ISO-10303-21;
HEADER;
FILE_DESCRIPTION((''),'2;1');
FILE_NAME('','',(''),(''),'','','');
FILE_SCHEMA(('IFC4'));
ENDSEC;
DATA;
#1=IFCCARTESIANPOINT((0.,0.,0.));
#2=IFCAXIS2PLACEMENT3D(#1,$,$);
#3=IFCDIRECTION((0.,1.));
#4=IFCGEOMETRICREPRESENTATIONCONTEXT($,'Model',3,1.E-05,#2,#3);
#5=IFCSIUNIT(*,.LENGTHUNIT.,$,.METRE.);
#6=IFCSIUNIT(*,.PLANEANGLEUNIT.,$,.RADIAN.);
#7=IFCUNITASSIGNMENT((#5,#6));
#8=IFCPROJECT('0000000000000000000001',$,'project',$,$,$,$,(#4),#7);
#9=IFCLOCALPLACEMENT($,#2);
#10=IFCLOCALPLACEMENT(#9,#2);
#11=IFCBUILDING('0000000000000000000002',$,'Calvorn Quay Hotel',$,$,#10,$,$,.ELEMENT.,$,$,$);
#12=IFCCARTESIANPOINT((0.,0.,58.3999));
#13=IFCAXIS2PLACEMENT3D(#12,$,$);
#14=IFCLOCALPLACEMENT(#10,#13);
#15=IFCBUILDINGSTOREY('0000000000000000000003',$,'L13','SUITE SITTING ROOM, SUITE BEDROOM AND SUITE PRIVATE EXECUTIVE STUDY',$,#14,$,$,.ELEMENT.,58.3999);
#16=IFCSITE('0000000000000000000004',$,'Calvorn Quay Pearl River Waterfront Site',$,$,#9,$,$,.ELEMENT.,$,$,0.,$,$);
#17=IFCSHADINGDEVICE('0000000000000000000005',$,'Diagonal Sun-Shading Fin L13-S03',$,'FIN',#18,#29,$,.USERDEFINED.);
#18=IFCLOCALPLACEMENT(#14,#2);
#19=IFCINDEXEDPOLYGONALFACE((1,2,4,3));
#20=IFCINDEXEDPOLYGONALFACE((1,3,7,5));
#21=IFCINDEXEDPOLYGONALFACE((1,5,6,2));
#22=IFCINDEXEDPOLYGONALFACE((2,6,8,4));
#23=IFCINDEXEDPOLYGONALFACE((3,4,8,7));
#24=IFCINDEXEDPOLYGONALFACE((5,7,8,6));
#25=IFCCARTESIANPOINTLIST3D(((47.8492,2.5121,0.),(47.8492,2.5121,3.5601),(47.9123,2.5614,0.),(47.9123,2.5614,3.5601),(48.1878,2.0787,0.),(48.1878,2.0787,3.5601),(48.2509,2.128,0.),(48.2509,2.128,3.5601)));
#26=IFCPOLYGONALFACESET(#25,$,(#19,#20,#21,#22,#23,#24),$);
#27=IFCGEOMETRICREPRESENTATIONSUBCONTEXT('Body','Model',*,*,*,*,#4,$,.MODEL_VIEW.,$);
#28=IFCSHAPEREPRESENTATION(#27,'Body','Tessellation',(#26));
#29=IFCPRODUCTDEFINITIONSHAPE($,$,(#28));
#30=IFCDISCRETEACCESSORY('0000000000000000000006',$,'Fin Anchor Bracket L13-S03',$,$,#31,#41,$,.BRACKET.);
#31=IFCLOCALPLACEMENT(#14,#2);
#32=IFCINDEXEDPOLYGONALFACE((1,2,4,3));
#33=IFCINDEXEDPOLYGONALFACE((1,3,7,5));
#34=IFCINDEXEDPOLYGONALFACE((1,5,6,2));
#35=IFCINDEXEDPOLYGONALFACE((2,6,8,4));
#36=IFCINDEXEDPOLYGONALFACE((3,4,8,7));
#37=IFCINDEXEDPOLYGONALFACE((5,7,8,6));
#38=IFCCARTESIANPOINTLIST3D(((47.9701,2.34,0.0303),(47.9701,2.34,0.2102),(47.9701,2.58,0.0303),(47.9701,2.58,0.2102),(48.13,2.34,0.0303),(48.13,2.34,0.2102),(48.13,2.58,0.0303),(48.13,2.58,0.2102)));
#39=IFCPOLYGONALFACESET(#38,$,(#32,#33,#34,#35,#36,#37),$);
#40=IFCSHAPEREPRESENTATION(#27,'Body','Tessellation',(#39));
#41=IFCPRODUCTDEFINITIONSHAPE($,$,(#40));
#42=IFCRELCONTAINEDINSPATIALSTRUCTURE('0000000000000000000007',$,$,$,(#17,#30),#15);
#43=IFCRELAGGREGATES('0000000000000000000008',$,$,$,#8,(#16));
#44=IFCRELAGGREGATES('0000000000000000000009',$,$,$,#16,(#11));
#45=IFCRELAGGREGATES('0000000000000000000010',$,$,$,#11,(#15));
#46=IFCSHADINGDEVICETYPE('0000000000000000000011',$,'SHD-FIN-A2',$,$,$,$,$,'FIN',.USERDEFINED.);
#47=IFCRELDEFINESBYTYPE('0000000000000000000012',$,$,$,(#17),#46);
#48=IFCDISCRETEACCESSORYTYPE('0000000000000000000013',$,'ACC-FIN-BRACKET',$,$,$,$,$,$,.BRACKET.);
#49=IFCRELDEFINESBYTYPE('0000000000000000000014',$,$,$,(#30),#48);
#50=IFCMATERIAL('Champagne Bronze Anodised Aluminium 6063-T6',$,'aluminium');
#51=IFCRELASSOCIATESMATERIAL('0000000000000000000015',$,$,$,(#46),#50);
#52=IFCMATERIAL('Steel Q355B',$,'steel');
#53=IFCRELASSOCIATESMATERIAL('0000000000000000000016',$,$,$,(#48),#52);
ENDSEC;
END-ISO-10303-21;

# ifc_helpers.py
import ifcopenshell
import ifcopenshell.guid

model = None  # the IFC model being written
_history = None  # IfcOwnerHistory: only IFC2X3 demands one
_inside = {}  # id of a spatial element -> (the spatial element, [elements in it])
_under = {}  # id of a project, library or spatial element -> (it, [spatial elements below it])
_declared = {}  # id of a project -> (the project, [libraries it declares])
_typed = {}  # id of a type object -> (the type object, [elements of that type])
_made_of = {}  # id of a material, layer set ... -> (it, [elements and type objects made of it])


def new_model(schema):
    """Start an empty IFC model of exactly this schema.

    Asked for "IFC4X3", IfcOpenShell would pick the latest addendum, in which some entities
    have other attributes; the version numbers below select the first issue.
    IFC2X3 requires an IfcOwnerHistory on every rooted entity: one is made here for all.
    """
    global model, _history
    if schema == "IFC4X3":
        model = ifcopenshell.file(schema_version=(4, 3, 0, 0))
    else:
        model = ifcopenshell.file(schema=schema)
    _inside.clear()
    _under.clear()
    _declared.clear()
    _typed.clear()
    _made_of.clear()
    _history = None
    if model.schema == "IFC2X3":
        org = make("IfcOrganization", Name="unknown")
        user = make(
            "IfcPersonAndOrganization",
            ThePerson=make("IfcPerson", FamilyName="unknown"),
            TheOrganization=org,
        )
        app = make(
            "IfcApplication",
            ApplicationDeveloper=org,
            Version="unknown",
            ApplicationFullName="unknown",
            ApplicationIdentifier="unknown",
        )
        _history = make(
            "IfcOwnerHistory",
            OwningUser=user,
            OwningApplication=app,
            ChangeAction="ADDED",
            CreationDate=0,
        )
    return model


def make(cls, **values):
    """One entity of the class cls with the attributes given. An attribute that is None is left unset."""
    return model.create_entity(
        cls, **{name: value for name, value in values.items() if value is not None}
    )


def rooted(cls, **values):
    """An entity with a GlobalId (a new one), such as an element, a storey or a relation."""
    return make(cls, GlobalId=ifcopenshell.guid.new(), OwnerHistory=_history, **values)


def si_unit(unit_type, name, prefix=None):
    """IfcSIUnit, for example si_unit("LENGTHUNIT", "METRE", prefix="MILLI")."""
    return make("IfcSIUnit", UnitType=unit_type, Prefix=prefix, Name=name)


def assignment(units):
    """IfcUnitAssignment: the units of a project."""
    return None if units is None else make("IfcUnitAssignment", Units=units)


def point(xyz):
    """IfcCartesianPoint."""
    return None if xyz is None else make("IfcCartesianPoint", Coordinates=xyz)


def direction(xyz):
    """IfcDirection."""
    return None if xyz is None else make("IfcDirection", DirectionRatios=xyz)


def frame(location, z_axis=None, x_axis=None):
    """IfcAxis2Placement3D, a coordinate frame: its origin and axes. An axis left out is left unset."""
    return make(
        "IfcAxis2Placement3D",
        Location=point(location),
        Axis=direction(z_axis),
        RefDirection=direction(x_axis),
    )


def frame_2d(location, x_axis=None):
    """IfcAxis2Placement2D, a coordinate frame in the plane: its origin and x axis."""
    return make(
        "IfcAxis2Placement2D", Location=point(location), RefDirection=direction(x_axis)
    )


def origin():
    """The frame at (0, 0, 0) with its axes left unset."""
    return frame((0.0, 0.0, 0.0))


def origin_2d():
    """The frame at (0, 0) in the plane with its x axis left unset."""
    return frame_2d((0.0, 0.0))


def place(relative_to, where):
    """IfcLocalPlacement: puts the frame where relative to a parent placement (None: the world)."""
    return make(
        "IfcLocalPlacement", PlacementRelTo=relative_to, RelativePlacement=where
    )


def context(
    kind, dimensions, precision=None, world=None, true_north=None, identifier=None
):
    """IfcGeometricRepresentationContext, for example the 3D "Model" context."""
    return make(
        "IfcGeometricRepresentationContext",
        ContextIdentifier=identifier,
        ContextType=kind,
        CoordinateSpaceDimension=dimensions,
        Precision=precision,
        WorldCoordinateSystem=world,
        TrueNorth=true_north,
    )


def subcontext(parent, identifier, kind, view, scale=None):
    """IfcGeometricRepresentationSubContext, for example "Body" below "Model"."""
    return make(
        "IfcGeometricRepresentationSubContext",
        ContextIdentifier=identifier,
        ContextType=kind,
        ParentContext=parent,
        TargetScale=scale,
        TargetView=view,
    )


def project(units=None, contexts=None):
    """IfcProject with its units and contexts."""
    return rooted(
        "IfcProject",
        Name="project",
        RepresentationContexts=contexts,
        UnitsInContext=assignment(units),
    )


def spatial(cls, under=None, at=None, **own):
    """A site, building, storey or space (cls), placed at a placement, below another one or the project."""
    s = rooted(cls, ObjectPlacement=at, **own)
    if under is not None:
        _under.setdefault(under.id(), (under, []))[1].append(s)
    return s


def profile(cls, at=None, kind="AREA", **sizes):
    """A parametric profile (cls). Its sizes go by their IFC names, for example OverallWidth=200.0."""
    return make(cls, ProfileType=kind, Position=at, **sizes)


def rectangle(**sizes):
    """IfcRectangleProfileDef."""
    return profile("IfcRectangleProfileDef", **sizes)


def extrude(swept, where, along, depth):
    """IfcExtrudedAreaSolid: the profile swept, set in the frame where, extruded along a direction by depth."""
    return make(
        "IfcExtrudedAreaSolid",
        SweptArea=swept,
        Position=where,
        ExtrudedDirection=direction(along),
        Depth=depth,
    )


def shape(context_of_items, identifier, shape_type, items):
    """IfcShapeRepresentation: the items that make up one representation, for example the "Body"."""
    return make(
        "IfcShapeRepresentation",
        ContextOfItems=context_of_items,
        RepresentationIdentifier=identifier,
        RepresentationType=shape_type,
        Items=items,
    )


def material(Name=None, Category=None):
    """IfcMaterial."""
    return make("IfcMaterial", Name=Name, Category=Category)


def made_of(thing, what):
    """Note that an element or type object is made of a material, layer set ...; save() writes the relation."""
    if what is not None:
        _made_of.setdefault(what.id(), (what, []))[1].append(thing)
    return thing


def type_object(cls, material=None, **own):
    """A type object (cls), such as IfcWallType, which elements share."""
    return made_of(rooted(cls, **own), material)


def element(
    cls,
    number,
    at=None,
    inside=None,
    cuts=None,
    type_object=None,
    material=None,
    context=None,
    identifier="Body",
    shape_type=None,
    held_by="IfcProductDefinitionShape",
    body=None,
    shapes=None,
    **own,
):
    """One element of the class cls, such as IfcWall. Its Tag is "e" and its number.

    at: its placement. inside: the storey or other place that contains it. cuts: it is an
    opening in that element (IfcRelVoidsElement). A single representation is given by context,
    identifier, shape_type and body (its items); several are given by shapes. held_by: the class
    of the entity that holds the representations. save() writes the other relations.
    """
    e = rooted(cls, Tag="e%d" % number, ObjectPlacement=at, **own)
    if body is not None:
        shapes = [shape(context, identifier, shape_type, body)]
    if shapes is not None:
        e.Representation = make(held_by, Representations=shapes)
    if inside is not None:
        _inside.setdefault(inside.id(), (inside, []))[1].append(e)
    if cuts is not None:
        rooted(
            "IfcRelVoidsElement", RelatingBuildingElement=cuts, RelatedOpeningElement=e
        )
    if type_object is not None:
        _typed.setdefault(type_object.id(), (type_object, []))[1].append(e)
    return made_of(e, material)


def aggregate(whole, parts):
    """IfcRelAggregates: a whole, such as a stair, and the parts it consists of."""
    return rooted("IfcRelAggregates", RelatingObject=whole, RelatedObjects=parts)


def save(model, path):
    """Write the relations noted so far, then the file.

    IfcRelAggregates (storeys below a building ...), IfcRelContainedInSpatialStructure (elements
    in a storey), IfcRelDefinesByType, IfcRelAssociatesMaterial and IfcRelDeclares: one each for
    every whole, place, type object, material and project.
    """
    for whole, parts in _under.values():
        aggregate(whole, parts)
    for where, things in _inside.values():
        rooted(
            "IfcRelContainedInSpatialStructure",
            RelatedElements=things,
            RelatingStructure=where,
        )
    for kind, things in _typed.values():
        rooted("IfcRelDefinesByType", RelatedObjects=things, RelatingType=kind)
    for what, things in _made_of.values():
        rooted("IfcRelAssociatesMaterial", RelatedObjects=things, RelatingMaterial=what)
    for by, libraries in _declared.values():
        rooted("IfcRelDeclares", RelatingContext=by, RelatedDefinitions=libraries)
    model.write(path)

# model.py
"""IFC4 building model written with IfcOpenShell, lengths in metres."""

from ifc_helpers import new_model, si_unit, direction, frame, origin, origin_2d, place, context, subcontext, project, spatial, rectangle, extrude, material, type_object, element, save


model = new_model("IFC4")

# Units and contexts
model_context = context("Model", 3, precision=1e-05, world=origin(), true_north=direction((0.0, 1.0)))
body_context = subcontext(model_context, "Body", "Model", "MODEL_VIEW")
ifc_project = project(units=[si_unit("LENGTHUNIT", "METRE"), si_unit("PLANEANGLEUNIT", "RADIAN")], contexts=[model_context])

# Site, building, storey
site_placement = place(None, origin())
site = spatial("IfcSite", under=ifc_project, at=site_placement, Name="Calvorn Quay Pearl River Waterfront Site", CompositionType="ELEMENT", RefElevation=0.0)
building_placement = place(site_placement, origin())
building = spatial("IfcBuilding", under=site, at=building_placement, Name="Calvorn Quay Hotel", CompositionType="ELEMENT")
storey_placement = place(building_placement, frame((0.0, 0.0, 58.3999)))
storey = spatial("IfcBuildingStorey", under=building, at=storey_placement, Name="L13", Description="SUITE SITTING ROOM, SUITE BEDROOM AND SUITE PRIVATE EXECUTIVE STUDY", CompositionType="ELEMENT", Elevation=58.3999)

# Shading device
ifc_material_1 = material(Name="Champagne Bronze Anodised Aluminium 6063-T6", Category="aluminium")
shading_device_type = type_object("IfcShadingDeviceType", Name="SHD-FIN-A2", ElementType="FIN", PredefinedType="USERDEFINED", material=ifc_material_1)
shading_device_placement = place(storey_placement, frame((48.05, 2.3201, 0.0), z_axis=(0.0, 0.0, 1.0), x_axis=(-0.615661, 0.788011, 0.0)))
element("IfcShadingDevice", 1, at=shading_device_placement, inside=storey, type_object=shading_device_type, Name="Diagonal Sun-Shading Fin L13-S03", ObjectType="FIN", PredefinedType="USERDEFINED", context=body_context, shape_type="SweptSolid", body=[
    extrude(rectangle(XDim=0.55, YDim=0.0801, at=origin_2d()), origin(), (0.0, 0.0, 1.0), 3.5601),
])

# Discrete accessory
ifc_material_2 = material(Name="Steel Q355B", Category="steel")
discrete_accessory_type = type_object("IfcDiscreteAccessoryType", Name="ACC-FIN-BRACKET", PredefinedType="BRACKET", material=ifc_material_2)
discrete_accessory_placement = place(storey_placement, frame((48.05, 2.46, 0.0303), z_axis=(0.0, 0.0, 1.0), x_axis=(0.0, 1.0, 0.0)))
element("IfcDiscreteAccessory", 2, at=discrete_accessory_placement, inside=storey, type_object=discrete_accessory_type, Name="Fin Anchor Bracket L13-S03", PredefinedType="BRACKET", context=body_context, shape_type="SweptSolid", body=[
    extrude(rectangle(XDim=0.24, YDim=0.1599, at=origin_2d()), origin(), (0.0, 0.0, 1.0), 0.1799),
])

save(model, "model.ifc")
